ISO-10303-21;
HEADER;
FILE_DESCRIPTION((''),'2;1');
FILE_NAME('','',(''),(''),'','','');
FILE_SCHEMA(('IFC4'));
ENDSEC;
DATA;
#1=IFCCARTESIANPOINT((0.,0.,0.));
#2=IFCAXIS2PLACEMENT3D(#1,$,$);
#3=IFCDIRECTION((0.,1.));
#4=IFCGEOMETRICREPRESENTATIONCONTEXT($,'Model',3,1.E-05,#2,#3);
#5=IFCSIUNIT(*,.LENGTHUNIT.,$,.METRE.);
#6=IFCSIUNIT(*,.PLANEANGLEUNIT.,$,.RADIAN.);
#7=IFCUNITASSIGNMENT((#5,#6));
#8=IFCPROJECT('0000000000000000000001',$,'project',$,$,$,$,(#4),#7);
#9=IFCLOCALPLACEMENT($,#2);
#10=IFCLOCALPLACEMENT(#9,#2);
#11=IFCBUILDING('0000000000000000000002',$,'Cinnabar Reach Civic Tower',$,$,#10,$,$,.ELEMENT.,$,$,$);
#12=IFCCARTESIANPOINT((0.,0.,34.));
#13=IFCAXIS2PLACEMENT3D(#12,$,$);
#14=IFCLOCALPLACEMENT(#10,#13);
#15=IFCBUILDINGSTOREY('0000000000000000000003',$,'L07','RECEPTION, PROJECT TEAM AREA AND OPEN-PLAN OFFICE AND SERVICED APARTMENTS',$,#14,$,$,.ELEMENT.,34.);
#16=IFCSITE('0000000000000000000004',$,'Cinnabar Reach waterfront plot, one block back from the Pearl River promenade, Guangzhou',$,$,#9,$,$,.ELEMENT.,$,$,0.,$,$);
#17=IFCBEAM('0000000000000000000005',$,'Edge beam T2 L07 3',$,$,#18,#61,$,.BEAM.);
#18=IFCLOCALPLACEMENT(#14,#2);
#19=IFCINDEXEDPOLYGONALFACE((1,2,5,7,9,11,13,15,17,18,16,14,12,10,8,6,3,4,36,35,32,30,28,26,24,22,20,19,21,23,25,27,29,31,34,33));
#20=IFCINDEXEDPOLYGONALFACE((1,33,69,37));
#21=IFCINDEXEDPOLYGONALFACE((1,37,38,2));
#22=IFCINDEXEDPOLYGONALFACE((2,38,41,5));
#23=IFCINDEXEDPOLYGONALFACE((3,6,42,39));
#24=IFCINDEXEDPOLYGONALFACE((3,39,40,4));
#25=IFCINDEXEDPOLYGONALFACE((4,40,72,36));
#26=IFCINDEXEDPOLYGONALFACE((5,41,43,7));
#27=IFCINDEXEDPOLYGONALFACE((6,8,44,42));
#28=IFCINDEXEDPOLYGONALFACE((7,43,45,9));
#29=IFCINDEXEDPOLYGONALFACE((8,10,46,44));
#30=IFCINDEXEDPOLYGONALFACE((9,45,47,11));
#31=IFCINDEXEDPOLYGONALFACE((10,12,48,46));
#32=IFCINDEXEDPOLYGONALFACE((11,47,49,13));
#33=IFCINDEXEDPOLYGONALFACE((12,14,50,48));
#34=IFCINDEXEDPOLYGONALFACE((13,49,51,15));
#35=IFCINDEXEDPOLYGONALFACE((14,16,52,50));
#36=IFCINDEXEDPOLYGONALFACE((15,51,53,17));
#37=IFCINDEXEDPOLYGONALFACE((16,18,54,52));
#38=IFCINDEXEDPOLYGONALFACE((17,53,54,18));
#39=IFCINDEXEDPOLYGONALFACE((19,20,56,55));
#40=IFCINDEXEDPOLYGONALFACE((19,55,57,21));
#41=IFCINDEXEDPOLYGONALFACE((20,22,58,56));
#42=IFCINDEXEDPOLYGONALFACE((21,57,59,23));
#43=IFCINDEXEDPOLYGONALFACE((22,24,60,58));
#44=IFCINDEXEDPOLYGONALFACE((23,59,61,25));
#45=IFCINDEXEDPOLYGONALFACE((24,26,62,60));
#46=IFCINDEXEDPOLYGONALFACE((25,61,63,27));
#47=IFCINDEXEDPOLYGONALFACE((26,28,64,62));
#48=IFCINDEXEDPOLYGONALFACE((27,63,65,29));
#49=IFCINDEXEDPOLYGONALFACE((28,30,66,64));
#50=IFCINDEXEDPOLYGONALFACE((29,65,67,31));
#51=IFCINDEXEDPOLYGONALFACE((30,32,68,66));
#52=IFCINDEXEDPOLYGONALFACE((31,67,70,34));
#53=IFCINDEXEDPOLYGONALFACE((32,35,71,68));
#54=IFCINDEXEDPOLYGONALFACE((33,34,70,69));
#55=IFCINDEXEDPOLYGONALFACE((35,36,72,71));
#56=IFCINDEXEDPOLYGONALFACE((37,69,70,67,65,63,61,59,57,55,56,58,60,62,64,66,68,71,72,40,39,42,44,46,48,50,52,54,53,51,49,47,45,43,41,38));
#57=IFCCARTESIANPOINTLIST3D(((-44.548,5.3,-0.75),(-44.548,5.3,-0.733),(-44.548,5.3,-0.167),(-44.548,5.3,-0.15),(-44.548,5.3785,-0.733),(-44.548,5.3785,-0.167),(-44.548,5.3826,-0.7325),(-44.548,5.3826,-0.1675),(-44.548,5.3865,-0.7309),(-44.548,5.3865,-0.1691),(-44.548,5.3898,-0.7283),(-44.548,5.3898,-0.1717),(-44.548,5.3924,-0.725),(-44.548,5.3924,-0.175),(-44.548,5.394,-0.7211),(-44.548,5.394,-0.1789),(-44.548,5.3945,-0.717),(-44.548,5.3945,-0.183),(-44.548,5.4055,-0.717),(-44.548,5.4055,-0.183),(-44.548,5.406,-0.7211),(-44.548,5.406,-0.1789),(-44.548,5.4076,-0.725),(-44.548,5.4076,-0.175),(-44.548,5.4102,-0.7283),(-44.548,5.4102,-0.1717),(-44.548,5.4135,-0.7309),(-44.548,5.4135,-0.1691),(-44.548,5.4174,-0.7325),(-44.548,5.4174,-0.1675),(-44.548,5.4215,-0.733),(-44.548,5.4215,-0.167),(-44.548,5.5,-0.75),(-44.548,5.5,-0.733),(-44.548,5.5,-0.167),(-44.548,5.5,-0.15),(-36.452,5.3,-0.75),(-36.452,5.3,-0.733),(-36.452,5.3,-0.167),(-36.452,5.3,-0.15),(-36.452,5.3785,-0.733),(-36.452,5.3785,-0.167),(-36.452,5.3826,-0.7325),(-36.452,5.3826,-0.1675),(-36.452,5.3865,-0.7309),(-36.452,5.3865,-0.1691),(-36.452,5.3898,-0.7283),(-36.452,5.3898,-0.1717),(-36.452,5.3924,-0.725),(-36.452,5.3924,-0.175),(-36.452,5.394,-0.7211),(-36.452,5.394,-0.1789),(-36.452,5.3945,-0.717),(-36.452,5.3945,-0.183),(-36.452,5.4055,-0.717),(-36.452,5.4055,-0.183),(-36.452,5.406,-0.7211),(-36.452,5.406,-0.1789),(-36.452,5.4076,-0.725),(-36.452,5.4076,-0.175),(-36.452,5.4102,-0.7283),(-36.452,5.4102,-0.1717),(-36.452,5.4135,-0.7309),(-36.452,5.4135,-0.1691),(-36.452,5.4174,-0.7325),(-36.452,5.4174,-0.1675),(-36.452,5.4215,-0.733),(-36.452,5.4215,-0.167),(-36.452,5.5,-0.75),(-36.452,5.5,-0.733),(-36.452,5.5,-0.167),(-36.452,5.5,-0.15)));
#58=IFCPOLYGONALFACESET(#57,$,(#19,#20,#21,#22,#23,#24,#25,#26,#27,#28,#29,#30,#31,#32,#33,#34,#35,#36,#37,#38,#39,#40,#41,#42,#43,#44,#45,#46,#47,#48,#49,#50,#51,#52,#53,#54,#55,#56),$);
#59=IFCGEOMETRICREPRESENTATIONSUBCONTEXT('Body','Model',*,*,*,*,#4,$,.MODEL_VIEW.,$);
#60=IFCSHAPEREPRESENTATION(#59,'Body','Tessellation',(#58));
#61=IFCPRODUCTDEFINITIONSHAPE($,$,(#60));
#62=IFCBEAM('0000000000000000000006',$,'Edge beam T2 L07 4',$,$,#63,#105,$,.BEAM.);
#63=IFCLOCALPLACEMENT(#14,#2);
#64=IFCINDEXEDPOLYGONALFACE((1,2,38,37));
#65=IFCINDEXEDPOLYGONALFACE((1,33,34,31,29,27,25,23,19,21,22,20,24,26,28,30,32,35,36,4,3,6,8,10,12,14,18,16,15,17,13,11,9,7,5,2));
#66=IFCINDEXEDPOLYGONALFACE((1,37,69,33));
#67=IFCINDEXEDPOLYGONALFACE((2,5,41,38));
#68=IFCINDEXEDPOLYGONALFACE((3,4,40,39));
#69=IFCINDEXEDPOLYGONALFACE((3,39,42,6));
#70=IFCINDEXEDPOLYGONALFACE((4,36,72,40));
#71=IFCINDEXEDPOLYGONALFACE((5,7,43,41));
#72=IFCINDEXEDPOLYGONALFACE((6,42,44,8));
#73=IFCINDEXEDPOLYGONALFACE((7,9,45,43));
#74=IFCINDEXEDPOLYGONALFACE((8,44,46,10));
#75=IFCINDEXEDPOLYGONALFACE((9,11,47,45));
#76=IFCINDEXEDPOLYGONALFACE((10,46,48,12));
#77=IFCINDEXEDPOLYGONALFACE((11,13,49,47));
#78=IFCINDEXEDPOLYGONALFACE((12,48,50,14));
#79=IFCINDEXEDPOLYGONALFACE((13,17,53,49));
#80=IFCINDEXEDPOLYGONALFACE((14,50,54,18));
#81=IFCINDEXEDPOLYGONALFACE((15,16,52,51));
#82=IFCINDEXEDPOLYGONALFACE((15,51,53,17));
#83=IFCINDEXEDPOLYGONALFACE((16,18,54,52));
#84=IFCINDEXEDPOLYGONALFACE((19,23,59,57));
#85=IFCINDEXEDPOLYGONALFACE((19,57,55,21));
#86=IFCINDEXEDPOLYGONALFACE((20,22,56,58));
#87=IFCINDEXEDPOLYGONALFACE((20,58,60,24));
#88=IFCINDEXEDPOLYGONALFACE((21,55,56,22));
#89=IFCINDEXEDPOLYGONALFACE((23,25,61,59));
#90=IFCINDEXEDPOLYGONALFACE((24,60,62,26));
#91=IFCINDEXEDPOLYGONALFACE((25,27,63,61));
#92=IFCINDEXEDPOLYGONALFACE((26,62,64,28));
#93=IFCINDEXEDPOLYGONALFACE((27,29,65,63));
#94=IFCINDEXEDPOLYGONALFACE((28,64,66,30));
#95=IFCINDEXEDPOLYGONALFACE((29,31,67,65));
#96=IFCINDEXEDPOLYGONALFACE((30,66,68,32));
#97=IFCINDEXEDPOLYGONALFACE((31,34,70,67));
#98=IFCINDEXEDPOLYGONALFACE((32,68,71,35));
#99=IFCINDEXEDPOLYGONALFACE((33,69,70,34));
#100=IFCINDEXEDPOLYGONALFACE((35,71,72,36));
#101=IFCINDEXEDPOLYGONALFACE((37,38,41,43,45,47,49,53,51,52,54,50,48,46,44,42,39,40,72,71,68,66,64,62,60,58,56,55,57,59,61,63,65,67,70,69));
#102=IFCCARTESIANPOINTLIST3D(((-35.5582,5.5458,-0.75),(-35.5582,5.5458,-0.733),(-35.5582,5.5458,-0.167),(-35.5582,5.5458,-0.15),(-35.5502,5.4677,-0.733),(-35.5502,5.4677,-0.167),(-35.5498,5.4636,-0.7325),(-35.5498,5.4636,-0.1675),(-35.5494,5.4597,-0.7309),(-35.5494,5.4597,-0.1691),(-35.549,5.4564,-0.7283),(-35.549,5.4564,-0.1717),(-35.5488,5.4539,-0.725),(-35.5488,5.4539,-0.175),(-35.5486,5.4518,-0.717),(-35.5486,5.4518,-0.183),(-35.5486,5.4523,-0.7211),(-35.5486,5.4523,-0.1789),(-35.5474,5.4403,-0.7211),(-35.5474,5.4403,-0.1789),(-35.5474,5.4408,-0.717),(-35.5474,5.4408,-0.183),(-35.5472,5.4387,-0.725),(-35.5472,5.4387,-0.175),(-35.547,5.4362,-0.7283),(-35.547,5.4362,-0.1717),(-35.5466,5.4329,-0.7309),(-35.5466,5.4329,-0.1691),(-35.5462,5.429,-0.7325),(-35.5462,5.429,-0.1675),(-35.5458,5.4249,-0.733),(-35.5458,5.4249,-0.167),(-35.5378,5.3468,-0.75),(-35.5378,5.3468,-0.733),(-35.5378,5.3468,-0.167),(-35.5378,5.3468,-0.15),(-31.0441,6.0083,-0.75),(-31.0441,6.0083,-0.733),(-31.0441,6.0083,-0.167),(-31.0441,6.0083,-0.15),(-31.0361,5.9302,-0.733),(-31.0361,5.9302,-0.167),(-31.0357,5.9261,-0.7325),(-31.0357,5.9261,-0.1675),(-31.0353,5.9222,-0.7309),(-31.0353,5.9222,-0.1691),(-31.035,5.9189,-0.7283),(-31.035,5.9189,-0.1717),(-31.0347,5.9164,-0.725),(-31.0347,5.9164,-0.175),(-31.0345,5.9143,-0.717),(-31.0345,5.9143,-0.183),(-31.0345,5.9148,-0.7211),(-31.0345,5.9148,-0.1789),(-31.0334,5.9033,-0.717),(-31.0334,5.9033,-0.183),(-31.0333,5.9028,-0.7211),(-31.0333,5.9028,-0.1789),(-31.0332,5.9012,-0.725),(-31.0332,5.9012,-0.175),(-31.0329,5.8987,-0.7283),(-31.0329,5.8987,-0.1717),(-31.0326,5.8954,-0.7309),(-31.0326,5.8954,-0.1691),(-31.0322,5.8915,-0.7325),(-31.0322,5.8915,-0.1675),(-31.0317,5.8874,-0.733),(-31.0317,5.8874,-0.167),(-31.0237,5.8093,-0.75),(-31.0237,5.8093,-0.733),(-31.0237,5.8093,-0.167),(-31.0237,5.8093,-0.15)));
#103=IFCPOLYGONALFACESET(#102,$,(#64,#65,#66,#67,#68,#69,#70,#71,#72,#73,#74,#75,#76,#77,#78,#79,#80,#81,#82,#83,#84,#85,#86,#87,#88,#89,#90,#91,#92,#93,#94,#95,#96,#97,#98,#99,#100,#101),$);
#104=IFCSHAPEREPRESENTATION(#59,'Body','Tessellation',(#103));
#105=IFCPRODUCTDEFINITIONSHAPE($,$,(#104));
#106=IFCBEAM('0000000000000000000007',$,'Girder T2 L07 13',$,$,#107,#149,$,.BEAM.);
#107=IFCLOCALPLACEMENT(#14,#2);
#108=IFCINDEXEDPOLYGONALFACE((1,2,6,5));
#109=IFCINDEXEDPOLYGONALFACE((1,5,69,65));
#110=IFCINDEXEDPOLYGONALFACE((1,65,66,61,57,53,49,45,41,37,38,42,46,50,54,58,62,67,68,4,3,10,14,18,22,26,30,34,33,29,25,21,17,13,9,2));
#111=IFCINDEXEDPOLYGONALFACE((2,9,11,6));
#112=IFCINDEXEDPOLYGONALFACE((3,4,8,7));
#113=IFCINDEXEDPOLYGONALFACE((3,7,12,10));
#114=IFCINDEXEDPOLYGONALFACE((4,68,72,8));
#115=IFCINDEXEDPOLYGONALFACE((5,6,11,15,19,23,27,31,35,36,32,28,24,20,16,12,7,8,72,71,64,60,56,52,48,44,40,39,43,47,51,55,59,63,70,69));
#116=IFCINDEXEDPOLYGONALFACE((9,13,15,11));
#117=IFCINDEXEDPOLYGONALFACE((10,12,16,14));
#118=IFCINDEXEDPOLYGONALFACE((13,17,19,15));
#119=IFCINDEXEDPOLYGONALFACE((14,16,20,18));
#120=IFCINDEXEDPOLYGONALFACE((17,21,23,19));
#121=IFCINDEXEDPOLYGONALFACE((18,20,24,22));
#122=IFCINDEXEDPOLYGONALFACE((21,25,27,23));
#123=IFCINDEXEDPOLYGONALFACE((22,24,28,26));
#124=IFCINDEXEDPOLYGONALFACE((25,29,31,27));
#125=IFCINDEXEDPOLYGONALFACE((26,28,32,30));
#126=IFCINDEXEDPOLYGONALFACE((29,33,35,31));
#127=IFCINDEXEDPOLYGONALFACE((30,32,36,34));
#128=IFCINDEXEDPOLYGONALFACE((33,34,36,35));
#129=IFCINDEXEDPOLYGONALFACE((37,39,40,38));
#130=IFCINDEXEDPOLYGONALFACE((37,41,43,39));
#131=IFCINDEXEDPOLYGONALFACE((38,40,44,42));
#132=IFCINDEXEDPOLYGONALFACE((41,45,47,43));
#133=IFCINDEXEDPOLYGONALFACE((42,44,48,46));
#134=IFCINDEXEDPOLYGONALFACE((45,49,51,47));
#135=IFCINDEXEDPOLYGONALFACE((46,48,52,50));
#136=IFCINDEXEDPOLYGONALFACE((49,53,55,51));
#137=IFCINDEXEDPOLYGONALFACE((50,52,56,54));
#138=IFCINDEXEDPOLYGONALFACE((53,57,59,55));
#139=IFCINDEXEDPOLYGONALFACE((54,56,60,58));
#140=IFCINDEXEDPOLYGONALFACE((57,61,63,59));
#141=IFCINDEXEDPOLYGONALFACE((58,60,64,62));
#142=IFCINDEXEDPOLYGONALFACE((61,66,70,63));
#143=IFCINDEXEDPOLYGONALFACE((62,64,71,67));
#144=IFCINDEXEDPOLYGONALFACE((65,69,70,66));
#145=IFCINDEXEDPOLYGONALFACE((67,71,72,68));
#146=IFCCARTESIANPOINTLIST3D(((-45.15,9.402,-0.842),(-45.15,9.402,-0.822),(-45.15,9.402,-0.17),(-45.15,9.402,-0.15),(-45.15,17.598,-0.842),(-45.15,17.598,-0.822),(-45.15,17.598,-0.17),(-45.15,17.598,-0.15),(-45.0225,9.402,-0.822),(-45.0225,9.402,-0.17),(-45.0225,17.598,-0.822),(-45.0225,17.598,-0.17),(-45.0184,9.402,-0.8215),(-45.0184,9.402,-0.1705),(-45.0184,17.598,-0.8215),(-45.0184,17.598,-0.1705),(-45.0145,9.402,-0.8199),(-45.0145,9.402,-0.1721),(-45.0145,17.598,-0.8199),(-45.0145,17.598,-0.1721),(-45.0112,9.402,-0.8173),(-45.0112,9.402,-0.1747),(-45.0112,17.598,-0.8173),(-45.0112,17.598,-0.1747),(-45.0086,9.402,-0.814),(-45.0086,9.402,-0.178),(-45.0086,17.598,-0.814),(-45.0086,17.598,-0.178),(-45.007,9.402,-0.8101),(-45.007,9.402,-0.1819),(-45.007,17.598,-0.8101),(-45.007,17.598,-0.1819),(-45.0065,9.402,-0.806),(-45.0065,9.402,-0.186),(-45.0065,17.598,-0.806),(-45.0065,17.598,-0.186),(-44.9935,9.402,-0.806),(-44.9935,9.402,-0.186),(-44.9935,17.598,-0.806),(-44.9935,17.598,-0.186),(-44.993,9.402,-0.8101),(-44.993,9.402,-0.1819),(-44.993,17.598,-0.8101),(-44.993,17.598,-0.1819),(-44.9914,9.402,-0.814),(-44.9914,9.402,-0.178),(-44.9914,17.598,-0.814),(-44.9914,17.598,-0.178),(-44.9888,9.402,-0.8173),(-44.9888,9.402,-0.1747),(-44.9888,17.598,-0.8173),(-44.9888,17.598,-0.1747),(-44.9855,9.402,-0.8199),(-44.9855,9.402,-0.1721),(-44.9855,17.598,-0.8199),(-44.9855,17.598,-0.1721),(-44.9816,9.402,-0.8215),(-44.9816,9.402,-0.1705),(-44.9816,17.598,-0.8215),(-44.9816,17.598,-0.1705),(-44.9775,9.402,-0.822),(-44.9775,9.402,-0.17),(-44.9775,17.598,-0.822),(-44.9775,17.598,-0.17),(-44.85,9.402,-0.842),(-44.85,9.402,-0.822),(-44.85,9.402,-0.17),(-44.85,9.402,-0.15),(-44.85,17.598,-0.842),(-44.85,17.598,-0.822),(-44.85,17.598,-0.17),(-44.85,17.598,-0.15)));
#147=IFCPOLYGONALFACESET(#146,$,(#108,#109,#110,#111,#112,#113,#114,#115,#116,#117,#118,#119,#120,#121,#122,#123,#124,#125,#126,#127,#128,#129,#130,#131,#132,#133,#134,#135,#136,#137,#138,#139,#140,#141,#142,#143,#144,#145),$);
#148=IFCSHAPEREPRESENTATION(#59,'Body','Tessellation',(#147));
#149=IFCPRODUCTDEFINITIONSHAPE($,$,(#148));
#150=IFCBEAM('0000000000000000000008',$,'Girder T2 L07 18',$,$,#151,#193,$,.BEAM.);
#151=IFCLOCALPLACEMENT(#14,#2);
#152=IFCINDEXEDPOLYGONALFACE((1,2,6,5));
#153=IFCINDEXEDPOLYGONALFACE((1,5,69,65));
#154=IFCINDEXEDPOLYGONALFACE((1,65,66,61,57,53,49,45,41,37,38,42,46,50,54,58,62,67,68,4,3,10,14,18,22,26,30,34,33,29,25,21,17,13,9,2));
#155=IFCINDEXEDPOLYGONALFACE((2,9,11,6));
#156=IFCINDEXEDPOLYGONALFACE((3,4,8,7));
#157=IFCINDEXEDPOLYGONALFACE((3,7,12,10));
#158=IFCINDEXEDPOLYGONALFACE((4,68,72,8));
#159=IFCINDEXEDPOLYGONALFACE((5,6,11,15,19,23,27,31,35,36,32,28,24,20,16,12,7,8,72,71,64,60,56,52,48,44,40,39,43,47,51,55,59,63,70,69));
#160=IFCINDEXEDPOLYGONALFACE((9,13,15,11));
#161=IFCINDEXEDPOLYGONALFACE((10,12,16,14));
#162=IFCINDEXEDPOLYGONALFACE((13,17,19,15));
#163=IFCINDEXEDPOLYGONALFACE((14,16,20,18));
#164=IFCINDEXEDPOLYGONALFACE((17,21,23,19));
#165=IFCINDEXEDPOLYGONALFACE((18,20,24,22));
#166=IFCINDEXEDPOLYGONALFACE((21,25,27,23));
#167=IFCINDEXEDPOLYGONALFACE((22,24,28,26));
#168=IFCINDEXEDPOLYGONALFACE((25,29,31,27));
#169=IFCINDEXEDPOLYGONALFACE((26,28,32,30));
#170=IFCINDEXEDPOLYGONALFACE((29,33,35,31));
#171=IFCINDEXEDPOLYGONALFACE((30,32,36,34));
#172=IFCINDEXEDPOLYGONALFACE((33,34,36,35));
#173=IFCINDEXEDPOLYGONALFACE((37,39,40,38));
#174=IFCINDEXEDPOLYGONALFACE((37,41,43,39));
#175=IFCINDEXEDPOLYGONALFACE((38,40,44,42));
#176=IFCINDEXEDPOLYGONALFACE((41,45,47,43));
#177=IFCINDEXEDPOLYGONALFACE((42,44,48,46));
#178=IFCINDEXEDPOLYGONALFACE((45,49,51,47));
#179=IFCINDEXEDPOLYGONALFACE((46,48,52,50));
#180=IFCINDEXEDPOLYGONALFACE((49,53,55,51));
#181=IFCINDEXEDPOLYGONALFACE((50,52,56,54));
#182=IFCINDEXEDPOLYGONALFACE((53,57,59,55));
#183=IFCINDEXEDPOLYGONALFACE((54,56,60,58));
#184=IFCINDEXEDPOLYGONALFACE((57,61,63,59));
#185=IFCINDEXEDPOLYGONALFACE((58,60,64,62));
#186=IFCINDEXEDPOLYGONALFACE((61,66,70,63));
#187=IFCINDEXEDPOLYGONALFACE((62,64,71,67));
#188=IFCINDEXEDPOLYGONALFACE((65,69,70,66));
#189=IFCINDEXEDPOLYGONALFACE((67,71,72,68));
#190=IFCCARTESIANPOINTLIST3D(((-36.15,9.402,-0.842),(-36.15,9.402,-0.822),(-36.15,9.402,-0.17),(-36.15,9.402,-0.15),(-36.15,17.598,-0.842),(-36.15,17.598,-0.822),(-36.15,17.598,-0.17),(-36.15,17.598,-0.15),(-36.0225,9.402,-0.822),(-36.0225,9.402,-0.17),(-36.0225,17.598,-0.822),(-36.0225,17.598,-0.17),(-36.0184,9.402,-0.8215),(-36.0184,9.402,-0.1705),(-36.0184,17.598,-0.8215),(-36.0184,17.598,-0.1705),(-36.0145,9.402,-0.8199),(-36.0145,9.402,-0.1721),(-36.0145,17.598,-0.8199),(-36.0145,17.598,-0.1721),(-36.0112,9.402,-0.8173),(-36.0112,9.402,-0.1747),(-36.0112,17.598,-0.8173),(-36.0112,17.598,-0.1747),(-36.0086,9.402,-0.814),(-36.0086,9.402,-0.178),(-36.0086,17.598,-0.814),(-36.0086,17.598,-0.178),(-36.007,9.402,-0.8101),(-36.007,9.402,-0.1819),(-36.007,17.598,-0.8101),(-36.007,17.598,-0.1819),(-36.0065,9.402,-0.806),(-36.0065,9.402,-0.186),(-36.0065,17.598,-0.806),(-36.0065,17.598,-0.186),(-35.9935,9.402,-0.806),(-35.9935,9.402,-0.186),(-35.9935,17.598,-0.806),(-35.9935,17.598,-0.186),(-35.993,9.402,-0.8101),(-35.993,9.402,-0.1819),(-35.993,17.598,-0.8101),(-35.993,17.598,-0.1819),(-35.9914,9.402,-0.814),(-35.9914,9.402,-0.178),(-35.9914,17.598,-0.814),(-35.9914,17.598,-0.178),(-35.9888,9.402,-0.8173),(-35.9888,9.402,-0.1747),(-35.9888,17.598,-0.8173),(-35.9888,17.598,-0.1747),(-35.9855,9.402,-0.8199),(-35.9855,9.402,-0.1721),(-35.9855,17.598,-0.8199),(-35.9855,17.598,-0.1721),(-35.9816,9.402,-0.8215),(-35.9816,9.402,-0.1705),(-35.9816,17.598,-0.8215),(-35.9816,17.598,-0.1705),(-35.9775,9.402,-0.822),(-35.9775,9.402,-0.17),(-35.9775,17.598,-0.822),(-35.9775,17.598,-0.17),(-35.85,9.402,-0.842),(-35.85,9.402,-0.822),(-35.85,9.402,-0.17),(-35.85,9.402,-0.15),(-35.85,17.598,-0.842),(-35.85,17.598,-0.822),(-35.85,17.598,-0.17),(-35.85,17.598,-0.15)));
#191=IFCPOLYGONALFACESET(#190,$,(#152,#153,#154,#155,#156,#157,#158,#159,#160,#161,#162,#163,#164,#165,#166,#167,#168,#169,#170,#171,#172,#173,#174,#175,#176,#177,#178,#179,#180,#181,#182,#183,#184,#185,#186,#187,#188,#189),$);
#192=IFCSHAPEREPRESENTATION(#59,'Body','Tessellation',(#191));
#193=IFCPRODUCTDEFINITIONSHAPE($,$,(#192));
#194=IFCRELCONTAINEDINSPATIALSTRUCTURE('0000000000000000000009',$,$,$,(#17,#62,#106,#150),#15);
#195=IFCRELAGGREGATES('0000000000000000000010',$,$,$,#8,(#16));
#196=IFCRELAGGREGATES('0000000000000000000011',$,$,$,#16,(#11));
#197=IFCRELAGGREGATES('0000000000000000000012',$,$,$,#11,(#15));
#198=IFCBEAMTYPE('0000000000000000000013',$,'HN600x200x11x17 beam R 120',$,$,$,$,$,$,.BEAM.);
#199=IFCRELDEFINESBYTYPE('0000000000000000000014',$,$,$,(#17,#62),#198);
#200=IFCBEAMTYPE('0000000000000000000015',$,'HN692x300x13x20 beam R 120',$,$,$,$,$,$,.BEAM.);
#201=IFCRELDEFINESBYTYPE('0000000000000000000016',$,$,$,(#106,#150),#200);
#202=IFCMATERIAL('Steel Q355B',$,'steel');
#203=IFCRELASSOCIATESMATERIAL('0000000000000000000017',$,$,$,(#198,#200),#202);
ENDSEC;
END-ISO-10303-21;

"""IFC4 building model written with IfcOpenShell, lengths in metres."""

from ifc_helpers import new_model, si_unit, direction, frame, origin, origin_2d, place, context, subcontext, project, spatial, i_section, extrude, material, material_profile, profile_set, type_object, element, save


model = new_model("IFC4")

# Units and contexts
model_context = context("Model", 3, precision=1e-05, world=origin(), true_north=direction((0.0, 1.0)))
body_context = subcontext(model_context, "Body", "Model", "MODEL_VIEW")
ifc_project = project(units=[si_unit("LENGTHUNIT", "METRE"), si_unit("PLANEANGLEUNIT", "RADIAN")], contexts=[model_context])

# Site, building, storey
site_placement = place(None, origin())
site = spatial("IfcSite", under=ifc_project, at=site_placement, Name="Cinnabar Reach waterfront plot, one block back from the Pearl River promenade, Guangzhou", CompositionType="ELEMENT", RefElevation=0.0)
building_placement = place(site_placement, origin())
building = spatial("IfcBuilding", under=site, at=building_placement, Name="Cinnabar Reach Civic Tower", CompositionType="ELEMENT")
storey_placement = place(building_placement, frame((0.0, 0.0, 34.0)))
storey = spatial("IfcBuildingStorey", under=building, at=storey_placement, Name="L07", Description="RECEPTION, PROJECT TEAM AREA AND OPEN-PLAN OFFICE AND SERVICED APARTMENTS", CompositionType="ELEMENT", Elevation=34.0)

# Beams
ifc_material_1 = material(Name="Steel Q355B", Category="steel")
ifc_material_profile_1 = material_profile(ifc_material_1, i_section(OverallWidth=0.2, OverallDepth=0.6, WebThickness=0.011, FlangeThickness=0.017, FilletRadius=0.016, at=origin_2d()), Name="HN600x200x11x17")
ifc_profile_set_1 = profile_set([ifc_material_profile_1], Name="Steel Q355B")
beam_type_1 = type_object("IfcBeamType", Name="HN600x200x11x17 beam R 120", PredefinedType="BEAM", material=ifc_profile_set_1)
beam_1_placement = place(storey_placement, frame((-44.548, 5.4, -0.45), z_axis=(1.0, 0.0, 0.0), x_axis=(0.0, 1.0, 0.0)))
element("IfcBeam", 1, at=beam_1_placement, inside=storey, type_object=beam_type_1, Name="Edge beam T2 L07 3", PredefinedType="BEAM", context=body_context, shape_type="SweptSolid", body=[
    extrude(i_section(OverallWidth=0.2, OverallDepth=0.6, WebThickness=0.011, FlangeThickness=0.017, FilletRadius=0.016, at=origin_2d()), origin(), (0.0, 0.0, 1.0), 8.096),
])
beam_2_placement = place(storey_placement, frame((-35.548, 5.4463, -0.45), z_axis=(0.994792, 0.101923, 0.0), x_axis=(-0.101923, 0.994792, 0.0)))
element("IfcBeam", 2, at=beam_2_placement, inside=storey, type_object=beam_type_1, Name="Edge beam T2 L07 4", PredefinedType="BEAM", context=body_context, shape_type="SweptSolid", body=[
    extrude(i_section(OverallWidth=0.2, OverallDepth=0.6, WebThickness=0.011, FlangeThickness=0.017, FilletRadius=0.016, at=origin_2d()), origin(), (0.0, 0.0, 1.0), 4.5377),
])
ifc_material_profile_2 = material_profile(ifc_material_1, i_section(OverallWidth=0.3, OverallDepth=0.692, WebThickness=0.013, FlangeThickness=0.02, FilletRadius=0.016, at=origin_2d()), Name="HN692x300x13x20")
ifc_profile_set_2 = profile_set([ifc_material_profile_2], Name="Steel Q355B")
beam_type_2 = type_object("IfcBeamType", Name="HN692x300x13x20 beam R 120", PredefinedType="BEAM", material=ifc_profile_set_2)
for number, where, z_axis, x_axis, name in (
    (3, (-45.0, 9.402, -0.496), (0.0, 1.0, 0.0), (-1.0, 0.0, 0.0), "Girder T2 L07 13"),
    (4, (-36.0, 9.402, -0.496), (0.0, 1.0, 0.0), (-1.0, 0.0, 0.0), "Girder T2 L07 18"),
):
    element("IfcBeam", number, at=place(storey_placement, frame(where, z_axis=z_axis, x_axis=x_axis)), inside=storey, type_object=beam_type_2, Name=name, PredefinedType="BEAM", context=body_context, shape_type="SweptSolid", body=[
        extrude(i_section(OverallWidth=0.3, OverallDepth=0.692, WebThickness=0.013, FlangeThickness=0.02, FilletRadius=0.016, at=origin_2d()), origin(), (0.0, 0.0, 1.0), 8.196),
    ])

save(model, "model.ifc")
